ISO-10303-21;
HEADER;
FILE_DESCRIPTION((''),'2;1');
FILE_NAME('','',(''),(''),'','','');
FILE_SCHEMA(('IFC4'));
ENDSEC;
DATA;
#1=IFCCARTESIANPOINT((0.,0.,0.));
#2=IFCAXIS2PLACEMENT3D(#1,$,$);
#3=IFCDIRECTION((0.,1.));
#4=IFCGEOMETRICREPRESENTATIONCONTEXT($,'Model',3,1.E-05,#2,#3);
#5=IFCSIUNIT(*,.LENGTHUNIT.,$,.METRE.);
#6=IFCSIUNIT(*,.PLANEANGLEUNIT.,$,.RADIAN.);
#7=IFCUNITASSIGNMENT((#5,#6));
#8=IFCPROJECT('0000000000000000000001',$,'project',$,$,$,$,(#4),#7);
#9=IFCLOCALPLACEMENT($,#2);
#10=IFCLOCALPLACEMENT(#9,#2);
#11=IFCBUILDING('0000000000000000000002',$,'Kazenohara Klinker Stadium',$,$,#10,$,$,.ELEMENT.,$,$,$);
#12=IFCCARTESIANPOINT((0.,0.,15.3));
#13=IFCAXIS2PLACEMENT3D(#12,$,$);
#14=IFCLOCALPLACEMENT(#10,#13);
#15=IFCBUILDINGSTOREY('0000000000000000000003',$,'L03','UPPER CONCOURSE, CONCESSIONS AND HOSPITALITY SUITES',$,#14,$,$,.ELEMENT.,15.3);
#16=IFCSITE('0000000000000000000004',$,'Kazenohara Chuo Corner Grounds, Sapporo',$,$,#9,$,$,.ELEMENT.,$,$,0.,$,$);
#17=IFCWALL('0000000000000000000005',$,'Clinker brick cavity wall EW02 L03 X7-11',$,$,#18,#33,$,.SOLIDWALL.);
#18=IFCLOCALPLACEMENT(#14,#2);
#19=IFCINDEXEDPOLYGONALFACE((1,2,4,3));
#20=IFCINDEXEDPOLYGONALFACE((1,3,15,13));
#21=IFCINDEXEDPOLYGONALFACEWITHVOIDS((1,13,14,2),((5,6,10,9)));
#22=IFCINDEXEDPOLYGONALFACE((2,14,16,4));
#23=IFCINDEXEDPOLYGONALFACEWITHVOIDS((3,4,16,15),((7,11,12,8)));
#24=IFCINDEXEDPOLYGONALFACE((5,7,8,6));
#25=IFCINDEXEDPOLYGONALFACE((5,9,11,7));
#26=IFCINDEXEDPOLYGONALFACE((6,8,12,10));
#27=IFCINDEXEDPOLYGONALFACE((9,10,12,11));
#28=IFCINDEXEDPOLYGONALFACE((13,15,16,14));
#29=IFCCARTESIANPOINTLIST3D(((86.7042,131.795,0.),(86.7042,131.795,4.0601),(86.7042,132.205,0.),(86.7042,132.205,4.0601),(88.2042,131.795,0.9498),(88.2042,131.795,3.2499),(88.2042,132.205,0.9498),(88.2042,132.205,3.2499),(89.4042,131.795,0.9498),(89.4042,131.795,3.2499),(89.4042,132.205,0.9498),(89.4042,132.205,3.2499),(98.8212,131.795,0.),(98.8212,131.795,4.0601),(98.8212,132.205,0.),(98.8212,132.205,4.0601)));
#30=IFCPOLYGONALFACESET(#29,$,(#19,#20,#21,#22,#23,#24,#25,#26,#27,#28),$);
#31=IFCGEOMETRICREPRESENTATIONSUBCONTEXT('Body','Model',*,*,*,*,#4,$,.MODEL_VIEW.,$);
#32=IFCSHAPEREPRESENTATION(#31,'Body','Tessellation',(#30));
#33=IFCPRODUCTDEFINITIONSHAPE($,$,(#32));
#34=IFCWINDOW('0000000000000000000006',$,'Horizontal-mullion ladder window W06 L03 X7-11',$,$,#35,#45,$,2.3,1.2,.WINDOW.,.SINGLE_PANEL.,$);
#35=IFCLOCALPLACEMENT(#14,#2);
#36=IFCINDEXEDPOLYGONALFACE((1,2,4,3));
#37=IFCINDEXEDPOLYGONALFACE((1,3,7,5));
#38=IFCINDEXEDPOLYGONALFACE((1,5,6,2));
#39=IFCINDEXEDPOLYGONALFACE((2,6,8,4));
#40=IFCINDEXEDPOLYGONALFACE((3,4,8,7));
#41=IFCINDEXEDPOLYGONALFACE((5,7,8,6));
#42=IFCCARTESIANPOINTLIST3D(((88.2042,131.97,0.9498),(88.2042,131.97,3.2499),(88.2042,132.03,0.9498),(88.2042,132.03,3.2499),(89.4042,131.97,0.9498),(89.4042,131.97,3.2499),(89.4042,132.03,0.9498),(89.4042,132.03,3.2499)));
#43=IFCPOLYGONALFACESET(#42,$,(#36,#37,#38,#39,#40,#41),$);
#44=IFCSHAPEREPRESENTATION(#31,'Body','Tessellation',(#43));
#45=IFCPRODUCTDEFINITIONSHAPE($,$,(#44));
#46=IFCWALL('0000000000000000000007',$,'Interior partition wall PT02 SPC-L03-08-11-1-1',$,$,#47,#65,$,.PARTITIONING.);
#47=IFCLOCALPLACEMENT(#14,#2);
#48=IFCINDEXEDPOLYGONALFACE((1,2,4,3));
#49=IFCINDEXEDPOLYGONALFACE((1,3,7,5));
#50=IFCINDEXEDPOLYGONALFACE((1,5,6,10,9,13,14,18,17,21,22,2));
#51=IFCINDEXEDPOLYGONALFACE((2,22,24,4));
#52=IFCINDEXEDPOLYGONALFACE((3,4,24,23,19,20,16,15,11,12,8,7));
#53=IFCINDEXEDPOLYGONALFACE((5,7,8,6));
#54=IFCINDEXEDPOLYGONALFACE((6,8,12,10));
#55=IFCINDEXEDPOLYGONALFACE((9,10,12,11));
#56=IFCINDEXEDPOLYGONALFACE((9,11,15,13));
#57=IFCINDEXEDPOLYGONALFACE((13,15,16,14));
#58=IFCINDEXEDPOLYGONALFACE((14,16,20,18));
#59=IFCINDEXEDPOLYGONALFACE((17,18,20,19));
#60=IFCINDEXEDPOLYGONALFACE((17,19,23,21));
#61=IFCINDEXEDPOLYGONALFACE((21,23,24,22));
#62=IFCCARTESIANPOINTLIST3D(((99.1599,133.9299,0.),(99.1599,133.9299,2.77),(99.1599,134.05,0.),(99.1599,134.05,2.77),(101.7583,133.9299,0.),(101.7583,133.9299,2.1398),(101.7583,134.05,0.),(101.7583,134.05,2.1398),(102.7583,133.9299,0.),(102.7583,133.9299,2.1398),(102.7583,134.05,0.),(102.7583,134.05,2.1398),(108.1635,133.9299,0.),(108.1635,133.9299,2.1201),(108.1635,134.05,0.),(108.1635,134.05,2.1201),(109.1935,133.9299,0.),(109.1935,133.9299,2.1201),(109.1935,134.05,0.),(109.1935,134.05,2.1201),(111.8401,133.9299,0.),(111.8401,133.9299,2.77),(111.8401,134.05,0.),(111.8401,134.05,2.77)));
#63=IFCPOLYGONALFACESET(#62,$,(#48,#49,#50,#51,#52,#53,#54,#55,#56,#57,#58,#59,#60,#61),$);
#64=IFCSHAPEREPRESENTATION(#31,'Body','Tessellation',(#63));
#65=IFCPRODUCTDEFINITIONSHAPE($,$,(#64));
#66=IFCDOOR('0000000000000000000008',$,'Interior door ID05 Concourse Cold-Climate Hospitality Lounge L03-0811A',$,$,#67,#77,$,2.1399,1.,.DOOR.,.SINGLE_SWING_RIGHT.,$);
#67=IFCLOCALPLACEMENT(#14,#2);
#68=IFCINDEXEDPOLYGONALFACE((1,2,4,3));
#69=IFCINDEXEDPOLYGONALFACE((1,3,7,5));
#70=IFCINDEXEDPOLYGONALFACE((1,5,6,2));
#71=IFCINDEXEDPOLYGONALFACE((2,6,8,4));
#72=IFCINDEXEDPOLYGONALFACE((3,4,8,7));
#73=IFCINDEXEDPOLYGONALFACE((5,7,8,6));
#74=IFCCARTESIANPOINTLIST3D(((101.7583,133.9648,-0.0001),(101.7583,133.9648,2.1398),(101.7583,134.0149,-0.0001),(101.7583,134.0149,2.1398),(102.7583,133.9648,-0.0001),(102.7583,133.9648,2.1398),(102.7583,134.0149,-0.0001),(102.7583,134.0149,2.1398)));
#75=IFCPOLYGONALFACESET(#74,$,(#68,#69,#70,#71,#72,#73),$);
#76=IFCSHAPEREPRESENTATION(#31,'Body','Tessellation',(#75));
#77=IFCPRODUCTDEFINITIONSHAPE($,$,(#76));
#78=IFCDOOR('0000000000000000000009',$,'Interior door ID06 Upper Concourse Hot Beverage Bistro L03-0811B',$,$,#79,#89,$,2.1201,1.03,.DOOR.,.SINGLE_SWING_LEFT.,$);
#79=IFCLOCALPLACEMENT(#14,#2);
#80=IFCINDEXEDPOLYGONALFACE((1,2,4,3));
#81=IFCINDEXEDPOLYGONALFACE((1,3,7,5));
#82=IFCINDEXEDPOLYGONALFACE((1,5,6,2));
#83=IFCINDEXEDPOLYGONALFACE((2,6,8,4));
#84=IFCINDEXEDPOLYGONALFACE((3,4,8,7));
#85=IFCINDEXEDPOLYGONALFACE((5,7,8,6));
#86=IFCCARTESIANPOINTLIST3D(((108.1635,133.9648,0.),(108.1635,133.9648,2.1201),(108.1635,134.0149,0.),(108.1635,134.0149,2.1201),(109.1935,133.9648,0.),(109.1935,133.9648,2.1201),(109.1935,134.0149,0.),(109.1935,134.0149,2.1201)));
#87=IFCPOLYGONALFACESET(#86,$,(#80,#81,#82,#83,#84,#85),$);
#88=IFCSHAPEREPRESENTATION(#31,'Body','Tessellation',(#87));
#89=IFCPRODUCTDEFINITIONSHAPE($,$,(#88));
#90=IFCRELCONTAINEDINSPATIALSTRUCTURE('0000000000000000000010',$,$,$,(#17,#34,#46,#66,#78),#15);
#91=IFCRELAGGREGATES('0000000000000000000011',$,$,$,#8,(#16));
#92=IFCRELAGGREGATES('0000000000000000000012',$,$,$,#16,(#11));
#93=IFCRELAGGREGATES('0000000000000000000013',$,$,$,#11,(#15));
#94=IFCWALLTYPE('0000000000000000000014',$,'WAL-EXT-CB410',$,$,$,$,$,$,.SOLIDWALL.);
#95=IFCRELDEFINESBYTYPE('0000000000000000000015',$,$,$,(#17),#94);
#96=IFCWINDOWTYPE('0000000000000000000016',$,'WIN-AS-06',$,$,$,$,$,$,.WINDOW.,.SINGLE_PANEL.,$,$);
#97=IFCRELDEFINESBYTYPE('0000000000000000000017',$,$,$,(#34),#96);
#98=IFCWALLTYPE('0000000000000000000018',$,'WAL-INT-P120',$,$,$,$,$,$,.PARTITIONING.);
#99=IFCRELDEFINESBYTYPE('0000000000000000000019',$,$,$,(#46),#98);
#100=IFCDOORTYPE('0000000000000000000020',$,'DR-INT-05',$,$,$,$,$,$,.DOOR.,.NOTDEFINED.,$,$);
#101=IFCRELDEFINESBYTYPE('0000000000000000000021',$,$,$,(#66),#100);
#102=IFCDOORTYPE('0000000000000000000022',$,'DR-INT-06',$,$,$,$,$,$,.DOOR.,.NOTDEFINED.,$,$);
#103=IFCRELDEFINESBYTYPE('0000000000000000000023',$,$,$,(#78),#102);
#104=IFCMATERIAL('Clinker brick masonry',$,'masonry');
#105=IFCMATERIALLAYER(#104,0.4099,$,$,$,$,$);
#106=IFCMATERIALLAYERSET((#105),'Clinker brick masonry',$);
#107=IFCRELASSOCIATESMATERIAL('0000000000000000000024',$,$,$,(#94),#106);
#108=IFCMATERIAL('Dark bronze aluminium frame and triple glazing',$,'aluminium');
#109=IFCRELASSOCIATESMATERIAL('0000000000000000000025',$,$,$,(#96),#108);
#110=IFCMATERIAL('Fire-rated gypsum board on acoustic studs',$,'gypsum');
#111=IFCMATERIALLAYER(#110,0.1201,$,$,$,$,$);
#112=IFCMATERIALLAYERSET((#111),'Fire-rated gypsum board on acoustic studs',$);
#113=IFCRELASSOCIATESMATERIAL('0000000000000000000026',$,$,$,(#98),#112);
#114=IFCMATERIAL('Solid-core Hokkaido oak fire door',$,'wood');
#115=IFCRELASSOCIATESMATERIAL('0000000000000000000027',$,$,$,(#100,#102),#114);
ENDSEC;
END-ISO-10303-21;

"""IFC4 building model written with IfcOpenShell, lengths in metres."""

from ifc_helpers import new_model, si_unit, direction, frame, frame_2d, origin, place, context, subcontext, project, spatial, rectangle, extrude, material, layer, layer_set, type_object, element, fill, save


model = new_model("IFC4")

# Units and contexts
model_context = context("Model", 3, precision=1e-05, world=origin(), true_north=direction((0.0, 1.0)))
body_context = subcontext(model_context, "Body", "Model", "MODEL_VIEW")
ifc_project = project(units=[si_unit("LENGTHUNIT", "METRE"), si_unit("PLANEANGLEUNIT", "RADIAN")], contexts=[model_context])

# Site, building, storey
site_placement = place(None, origin())
site = spatial("IfcSite", under=ifc_project, at=site_placement, Name="Kazenohara Chuo Corner Grounds, Sapporo", CompositionType="ELEMENT", RefElevation=0.0)
building_placement = place(site_placement, origin())
building = spatial("IfcBuilding", under=site, at=building_placement, Name="Kazenohara Klinker Stadium", CompositionType="ELEMENT")
storey_placement = place(building_placement, frame((0.0, 0.0, 15.3)))
storey = spatial("IfcBuildingStorey", under=building, at=storey_placement, Name="L03", Description="UPPER CONCOURSE, CONCESSIONS AND HOSPITALITY SUITES", CompositionType="ELEMENT", Elevation=15.3)

# Wall, opening, window
ifc_material_1 = material(Name="Clinker brick masonry", Category="masonry")
ifc_material_2 = material(Name="Dark bronze aluminium frame and triple glazing", Category="aluminium")
ifc_layer_1 = layer(ifc_material_1, 0.4099)
ifc_layer_set_1 = layer_set([ifc_layer_1], Name="Clinker brick masonry")
wall_type_1 = type_object("IfcWallType", Name="WAL-EXT-CB410", PredefinedType="SOLIDWALL", material=ifc_layer_set_1)
wall_1_placement = place(storey_placement, frame((86.7041, 132.0, 0.0), z_axis=(0.0, 0.0, 1.0), x_axis=(1.0, 0.0, 0.0)))
wall_1 = element("IfcWall", 1, at=wall_1_placement, inside=storey, type_object=wall_type_1, Name="Clinker brick cavity wall EW02 L03 X7-11", PredefinedType="SOLIDWALL", context=body_context, shape_type="SweptSolid", body=[
    extrude(rectangle(XDim=12.1169, YDim=0.4099, at=frame_2d((6.0586, 0.0))), origin(), (0.0, 0.0, 1.0), 4.0601),
])
opening_1_placement = place(wall_1_placement, frame((1.5, 0.0, 0.95)))
opening_1 = element("IfcOpeningElement", 2, at=opening_1_placement, cuts=wall_1, PredefinedType="OPENING", context=body_context, shape_type="SweptSolid", body=[
    extrude(rectangle(XDim=1.2, YDim=2.3, at=frame_2d((0.6001, 1.1499))), frame((0.0, 0.2148, 0.0), z_axis=(0.0, -1.0, 0.0), x_axis=(1.0, 0.0, 0.0)), (0.0, 0.0, 1.0), 0.4299),
])
window_type_1 = type_object("IfcWindowType", Name="WIN-AS-06", PartitioningType="SINGLE_PANEL", PredefinedType="WINDOW", material=ifc_material_2)
window_1_placement = place(opening_1_placement, origin())
window_1 = element("IfcWindow", 3, at=window_1_placement, inside=storey, type_object=window_type_1, Name="Horizontal-mullion ladder window W06 L03 X7-11", OverallHeight=2.3, OverallWidth=1.2, PartitioningType="SINGLE_PANEL", PredefinedType="WINDOW", context=body_context, shape_type="SweptSolid", body=[
    extrude(rectangle(XDim=1.2, YDim=2.3, at=frame_2d((0.6001, 1.1499))), frame((0.0, 0.03, 0.0), z_axis=(0.0, -1.0, 0.0), x_axis=(1.0, 0.0, 0.0)), (0.0, 0.0, 1.0), 0.0601),
])
fill(opening_1, window_1)

# Wall, openings, doors
ifc_material_3 = material(Name="Fire-rated gypsum board on acoustic studs", Category="gypsum")
ifc_layer_2 = layer(ifc_material_3, 0.1201)
ifc_layer_set_2 = layer_set([ifc_layer_2], Name="Fire-rated gypsum board on acoustic studs")
wall_type_2 = type_object("IfcWallType", Name="WAL-INT-P120", PredefinedType="PARTITIONING", material=ifc_layer_set_2)
wall_2_placement = place(storey_placement, frame((99.1599, 133.99, 0.0), z_axis=(0.0, 0.0, 1.0), x_axis=(1.0, 0.0, 0.0)))
wall_2 = element("IfcWall", 4, at=wall_2_placement, inside=storey, type_object=wall_type_2, Name="Interior partition wall PT02 SPC-L03-08-11-1-1", PredefinedType="PARTITIONING", context=body_context, shape_type="SweptSolid", body=[
    extrude(rectangle(XDim=12.6802, YDim=0.1201, at=frame_2d((6.3401, 0.0))), origin(), (0.0, 0.0, 1.0), 2.77),
])
opening_2_placement = place(wall_2_placement, frame((2.5984, 0.0, 0.0)))
opening_2 = element("IfcOpeningElement", 5, at=opening_2_placement, cuts=wall_2, PredefinedType="OPENING", context=body_context, shape_type="SweptSolid", body=[
    extrude(rectangle(XDim=1.0, YDim=2.1399, at=frame_2d((0.5, 1.0698))), frame((0.0, 0.0701, 0.0), z_axis=(0.0, -1.0, 0.0), x_axis=(1.0, 0.0, 0.0)), (0.0, 0.0, 1.0), 0.1401),
])
opening_3_placement = place(wall_2_placement, frame((9.0034, 0.0, 0.0)))
opening_3 = element("IfcOpeningElement", 6, at=opening_3_placement, cuts=wall_2, PredefinedType="OPENING", context=body_context, shape_type="SweptSolid", body=[
    extrude(rectangle(XDim=1.03, YDim=2.1201, at=frame_2d((0.5151, 1.0601))), frame((0.0, 0.0701, 0.0), z_axis=(0.0, -1.0, 0.0), x_axis=(1.0, 0.0, 0.0)), (0.0, 0.0, 1.0), 0.1401),
])
ifc_material_4 = material(Name="Solid-core Hokkaido oak fire door", Category="wood")
door_type_1 = type_object("IfcDoorType", Name="DR-INT-05", OperationType="NOTDEFINED", PredefinedType="DOOR", material=ifc_material_4)
door_1_placement = place(opening_2_placement, origin())
door_1 = element("IfcDoor", 7, at=door_1_placement, inside=storey, type_object=door_type_1, Name="Interior door ID05 Concourse Cold-Climate Hospitality Lounge L03-0811A", OperationType="SINGLE_SWING_RIGHT", OverallHeight=2.1399, OverallWidth=1.0, PredefinedType="DOOR", context=body_context, shape_type="SweptSolid", body=[
    extrude(rectangle(XDim=1.0, YDim=2.1399, at=frame_2d((0.5, 1.0698))), frame((0.0, 0.0249, 0.0), z_axis=(0.0, -1.0, 0.0), x_axis=(1.0, 0.0, 0.0)), (0.0, 0.0, 1.0), 0.05),
])
fill(opening_2, door_1)
door_type_2 = type_object("IfcDoorType", Name="DR-INT-06", OperationType="NOTDEFINED", PredefinedType="DOOR", material=ifc_material_4)
door_2_placement = place(opening_3_placement, origin())
door_2 = element("IfcDoor", 8, at=door_2_placement, inside=storey, type_object=door_type_2, Name="Interior door ID06 Upper Concourse Hot Beverage Bistro L03-0811B", OperationType="SINGLE_SWING_LEFT", OverallHeight=2.1201, OverallWidth=1.03, PredefinedType="DOOR", context=body_context, shape_type="SweptSolid", body=[
    extrude(rectangle(XDim=1.03, YDim=2.1201, at=frame_2d((0.5151, 1.0601))), frame((0.0, 0.0249, 0.0), z_axis=(0.0, -1.0, 0.0), x_axis=(1.0, 0.0, 0.0)), (0.0, 0.0, 1.0), 0.05),
])
fill(opening_3, door_2)

save(model, "model.ifc")
